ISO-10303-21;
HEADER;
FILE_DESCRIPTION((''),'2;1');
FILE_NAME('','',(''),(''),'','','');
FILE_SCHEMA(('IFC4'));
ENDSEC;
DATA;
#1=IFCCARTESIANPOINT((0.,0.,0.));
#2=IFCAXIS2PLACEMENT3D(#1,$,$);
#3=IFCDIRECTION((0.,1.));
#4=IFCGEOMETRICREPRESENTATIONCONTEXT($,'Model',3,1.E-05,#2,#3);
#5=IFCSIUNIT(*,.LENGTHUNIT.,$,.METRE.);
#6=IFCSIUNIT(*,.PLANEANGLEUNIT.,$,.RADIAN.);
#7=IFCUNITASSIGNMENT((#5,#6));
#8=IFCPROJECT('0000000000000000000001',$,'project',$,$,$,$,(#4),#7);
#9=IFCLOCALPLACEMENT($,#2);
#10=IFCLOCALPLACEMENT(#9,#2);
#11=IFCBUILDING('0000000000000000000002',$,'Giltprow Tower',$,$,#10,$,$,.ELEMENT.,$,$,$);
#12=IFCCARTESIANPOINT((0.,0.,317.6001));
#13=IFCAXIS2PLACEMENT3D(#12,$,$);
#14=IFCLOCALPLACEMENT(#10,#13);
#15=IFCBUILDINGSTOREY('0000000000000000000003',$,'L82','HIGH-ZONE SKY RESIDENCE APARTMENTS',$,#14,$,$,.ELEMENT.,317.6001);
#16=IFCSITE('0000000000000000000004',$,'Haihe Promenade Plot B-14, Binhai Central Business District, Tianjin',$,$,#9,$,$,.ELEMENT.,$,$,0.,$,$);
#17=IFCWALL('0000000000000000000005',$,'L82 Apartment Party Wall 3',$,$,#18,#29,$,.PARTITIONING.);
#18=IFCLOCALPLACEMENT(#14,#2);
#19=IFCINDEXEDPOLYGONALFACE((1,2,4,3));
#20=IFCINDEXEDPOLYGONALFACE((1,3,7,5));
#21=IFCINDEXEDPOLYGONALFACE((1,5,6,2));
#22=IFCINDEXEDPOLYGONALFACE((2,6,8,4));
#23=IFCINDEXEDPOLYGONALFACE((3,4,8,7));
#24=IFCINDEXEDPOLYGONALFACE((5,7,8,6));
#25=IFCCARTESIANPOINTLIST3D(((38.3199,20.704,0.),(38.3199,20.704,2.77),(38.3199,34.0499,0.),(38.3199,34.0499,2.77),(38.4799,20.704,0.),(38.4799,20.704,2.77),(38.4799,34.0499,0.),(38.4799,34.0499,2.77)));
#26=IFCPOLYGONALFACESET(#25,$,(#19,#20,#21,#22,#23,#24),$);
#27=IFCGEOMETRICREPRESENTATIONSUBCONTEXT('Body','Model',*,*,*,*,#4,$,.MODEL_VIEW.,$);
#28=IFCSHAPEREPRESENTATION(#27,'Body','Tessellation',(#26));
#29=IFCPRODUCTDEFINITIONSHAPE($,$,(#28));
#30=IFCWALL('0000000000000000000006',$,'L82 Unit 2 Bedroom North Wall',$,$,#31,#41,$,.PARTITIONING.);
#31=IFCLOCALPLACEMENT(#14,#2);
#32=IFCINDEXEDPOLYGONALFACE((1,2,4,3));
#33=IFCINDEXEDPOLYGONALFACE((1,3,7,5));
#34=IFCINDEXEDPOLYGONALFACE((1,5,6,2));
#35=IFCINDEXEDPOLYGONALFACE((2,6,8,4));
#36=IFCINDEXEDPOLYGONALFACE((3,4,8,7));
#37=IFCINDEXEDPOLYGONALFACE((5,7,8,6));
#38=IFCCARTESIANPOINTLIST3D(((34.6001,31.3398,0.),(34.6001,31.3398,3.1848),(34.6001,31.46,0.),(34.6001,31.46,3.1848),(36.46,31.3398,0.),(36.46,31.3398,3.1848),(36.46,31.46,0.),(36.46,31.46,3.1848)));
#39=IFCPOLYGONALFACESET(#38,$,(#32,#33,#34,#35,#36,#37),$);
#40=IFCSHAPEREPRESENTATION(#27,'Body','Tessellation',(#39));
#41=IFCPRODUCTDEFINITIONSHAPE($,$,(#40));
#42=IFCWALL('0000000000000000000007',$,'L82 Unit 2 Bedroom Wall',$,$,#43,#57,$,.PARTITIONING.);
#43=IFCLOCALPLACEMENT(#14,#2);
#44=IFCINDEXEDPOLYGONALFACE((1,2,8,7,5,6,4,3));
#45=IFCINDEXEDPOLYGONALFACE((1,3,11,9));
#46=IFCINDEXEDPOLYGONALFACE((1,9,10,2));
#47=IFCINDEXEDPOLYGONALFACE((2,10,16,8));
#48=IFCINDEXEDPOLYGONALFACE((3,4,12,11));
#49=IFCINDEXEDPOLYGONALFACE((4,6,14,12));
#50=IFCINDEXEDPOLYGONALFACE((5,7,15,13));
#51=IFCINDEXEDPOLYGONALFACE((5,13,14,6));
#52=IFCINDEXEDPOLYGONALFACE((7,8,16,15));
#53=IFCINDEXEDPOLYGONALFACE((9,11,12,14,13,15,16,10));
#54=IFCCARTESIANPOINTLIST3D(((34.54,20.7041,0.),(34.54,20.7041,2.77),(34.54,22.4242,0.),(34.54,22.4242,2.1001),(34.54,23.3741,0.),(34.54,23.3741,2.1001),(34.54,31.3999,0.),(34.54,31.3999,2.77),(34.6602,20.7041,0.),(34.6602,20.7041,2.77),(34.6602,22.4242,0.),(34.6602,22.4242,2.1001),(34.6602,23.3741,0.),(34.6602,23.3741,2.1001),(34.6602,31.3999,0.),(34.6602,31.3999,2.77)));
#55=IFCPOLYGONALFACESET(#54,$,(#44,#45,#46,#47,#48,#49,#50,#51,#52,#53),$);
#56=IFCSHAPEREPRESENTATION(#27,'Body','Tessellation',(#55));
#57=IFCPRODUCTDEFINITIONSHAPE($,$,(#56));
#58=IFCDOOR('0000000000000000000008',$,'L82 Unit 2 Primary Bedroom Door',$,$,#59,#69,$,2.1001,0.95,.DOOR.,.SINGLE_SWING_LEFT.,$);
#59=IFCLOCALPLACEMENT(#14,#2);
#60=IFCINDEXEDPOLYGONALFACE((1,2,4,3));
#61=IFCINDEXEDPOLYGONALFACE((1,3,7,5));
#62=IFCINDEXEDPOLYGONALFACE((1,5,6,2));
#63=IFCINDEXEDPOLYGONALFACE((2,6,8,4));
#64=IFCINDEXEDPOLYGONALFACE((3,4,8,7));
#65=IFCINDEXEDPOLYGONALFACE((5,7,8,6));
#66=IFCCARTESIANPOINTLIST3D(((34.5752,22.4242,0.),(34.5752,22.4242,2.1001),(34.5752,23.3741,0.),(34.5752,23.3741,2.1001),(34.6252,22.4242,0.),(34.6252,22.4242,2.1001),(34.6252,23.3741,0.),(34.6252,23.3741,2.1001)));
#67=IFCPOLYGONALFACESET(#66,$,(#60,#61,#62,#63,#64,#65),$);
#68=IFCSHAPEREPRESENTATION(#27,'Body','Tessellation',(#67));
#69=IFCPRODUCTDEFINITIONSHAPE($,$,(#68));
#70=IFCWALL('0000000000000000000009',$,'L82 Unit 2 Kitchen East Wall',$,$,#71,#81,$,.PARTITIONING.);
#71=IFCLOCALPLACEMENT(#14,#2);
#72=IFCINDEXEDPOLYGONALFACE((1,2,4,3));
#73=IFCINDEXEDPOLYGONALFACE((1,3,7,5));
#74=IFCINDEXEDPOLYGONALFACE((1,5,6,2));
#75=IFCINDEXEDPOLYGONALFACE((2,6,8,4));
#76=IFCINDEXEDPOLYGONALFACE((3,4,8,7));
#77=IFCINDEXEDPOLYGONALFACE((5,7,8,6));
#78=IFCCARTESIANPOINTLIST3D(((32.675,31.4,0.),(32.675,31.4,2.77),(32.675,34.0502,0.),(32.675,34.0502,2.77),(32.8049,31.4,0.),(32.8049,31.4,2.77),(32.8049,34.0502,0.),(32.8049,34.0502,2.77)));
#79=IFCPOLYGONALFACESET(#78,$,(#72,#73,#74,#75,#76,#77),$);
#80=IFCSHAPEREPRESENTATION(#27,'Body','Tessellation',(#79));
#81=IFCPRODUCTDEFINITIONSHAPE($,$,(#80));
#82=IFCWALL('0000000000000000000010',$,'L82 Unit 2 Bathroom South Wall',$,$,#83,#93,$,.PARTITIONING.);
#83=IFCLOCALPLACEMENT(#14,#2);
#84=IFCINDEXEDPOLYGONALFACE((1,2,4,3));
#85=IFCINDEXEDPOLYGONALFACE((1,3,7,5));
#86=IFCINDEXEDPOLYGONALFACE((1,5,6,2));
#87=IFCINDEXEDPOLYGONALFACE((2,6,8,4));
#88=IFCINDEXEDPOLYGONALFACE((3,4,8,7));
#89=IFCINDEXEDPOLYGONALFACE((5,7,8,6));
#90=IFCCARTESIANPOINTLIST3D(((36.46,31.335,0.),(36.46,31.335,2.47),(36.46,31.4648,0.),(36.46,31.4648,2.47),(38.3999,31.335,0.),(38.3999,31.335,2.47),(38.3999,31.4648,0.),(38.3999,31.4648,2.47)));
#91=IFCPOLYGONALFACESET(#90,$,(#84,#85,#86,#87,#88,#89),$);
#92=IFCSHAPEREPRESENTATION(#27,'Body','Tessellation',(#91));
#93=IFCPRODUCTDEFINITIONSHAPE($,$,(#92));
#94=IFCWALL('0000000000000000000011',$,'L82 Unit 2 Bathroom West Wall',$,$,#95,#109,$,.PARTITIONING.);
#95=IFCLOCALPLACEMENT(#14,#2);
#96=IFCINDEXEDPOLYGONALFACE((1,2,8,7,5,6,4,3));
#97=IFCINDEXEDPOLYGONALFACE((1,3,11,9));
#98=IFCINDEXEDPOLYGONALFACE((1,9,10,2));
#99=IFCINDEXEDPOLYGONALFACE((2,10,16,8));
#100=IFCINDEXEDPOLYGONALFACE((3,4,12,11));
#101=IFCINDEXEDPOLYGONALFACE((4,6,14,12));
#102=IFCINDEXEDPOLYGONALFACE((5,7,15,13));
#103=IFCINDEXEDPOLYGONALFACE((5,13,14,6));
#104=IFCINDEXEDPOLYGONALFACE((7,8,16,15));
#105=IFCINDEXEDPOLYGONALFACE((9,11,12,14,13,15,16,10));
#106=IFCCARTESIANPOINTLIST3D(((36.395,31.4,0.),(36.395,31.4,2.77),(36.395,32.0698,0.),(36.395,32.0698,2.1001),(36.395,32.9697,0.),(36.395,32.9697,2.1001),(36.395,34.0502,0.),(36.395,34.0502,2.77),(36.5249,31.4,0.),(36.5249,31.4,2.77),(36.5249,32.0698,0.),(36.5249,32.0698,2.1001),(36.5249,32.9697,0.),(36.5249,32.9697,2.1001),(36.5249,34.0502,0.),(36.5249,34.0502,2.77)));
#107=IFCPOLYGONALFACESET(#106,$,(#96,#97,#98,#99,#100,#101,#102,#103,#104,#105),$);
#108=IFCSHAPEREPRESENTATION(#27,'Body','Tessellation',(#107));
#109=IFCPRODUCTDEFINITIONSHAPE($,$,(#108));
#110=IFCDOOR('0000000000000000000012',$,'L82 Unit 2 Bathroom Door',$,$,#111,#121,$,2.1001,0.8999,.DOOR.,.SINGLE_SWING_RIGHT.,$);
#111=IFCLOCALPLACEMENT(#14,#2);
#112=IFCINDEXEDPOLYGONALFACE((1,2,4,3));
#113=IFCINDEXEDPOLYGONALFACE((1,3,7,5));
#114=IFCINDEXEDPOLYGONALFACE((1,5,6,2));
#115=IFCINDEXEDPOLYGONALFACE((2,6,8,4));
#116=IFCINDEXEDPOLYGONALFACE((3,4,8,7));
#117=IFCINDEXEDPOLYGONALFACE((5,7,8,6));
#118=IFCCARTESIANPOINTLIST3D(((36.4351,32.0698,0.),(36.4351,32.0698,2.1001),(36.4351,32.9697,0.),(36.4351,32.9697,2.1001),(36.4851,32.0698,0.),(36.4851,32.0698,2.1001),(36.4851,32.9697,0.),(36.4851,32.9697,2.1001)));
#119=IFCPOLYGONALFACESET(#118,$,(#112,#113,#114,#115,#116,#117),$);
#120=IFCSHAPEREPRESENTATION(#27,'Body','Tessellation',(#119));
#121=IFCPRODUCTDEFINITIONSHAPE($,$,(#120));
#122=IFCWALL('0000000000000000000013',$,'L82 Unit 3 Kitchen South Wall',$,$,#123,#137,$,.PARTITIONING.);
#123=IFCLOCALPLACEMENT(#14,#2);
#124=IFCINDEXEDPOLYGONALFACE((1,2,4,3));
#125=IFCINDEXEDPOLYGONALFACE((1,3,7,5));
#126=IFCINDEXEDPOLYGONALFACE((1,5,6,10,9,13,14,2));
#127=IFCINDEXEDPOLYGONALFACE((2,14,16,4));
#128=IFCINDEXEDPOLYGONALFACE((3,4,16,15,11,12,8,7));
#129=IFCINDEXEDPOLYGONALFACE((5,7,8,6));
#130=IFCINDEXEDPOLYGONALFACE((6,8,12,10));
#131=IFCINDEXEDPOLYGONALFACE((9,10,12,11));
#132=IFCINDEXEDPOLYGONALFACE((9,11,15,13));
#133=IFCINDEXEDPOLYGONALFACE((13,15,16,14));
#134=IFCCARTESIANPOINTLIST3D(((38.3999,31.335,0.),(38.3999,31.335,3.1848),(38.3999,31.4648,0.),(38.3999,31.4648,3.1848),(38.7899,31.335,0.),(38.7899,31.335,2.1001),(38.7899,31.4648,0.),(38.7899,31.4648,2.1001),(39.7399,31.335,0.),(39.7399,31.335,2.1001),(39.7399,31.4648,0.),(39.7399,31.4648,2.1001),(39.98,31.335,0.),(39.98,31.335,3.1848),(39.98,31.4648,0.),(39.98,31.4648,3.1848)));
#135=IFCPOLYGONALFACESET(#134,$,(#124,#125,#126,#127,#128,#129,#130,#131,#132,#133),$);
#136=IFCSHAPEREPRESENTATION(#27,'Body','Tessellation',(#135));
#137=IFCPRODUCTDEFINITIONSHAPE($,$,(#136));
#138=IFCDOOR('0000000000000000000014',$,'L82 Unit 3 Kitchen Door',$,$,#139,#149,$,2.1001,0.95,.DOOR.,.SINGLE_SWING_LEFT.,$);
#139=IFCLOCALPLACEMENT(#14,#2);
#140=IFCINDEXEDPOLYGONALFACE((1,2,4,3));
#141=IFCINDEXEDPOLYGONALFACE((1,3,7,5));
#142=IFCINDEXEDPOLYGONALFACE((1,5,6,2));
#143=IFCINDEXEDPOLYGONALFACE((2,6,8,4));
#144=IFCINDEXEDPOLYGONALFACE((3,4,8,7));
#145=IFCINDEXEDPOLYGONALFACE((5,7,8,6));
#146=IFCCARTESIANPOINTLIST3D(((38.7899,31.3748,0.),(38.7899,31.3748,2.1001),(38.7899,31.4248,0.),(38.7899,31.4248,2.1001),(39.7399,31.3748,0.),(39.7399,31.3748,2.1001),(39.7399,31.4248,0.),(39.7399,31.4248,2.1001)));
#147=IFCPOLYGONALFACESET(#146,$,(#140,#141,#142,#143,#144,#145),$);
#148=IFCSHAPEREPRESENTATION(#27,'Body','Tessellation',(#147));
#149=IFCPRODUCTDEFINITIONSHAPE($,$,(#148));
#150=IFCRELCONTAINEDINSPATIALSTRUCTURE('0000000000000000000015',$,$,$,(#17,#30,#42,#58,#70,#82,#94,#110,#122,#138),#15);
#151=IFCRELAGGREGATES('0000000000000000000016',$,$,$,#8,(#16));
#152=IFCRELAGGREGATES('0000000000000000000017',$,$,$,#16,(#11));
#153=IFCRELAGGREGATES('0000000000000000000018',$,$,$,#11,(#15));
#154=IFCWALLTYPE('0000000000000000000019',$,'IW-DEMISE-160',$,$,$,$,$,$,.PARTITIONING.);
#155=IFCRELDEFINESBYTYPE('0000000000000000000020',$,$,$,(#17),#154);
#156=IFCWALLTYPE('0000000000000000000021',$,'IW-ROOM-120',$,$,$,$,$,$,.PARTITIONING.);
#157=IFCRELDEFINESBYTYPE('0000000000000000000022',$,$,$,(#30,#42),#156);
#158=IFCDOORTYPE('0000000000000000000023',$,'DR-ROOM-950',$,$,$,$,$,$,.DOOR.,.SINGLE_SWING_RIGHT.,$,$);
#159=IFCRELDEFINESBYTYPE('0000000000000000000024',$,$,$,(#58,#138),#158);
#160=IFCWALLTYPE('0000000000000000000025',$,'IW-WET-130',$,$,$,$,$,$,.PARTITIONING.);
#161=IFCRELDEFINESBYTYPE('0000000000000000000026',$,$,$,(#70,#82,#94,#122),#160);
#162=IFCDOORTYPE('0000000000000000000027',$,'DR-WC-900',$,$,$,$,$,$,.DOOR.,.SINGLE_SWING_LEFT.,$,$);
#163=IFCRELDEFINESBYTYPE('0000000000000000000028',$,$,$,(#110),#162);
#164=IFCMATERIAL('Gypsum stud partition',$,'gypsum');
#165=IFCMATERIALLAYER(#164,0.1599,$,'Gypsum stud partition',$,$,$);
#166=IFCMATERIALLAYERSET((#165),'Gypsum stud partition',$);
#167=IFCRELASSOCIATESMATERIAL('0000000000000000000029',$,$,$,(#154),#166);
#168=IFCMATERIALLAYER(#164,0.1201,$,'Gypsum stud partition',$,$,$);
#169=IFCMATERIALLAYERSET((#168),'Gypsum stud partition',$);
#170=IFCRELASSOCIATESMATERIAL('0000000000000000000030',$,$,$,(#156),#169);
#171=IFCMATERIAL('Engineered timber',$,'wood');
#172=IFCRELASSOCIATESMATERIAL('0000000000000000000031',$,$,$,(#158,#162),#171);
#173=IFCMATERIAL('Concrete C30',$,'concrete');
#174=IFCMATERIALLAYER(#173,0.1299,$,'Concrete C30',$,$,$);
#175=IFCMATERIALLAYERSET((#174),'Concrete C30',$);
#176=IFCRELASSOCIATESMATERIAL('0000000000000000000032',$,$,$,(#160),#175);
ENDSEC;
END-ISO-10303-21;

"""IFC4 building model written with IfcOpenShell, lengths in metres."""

from ifc_helpers import new_model, si_unit, direction, frame, frame_2d, origin, place, context, subcontext, project, spatial, rectangle, extrude, source, transform, mapped, material, layer, layer_set, type_object, element, fill, save


model = new_model("IFC4")

# Units and contexts
model_context = context("Model", 3, precision=1e-05, world=origin(), true_north=direction((0.0, 1.0)))
body_context = subcontext(model_context, "Body", "Model", "MODEL_VIEW")
ifc_project = project(units=[si_unit("LENGTHUNIT", "METRE"), si_unit("PLANEANGLEUNIT", "RADIAN")], contexts=[model_context])

# Site, building, storey
site_placement = place(None, origin())
site = spatial("IfcSite", under=ifc_project, at=site_placement, Name="Haihe Promenade Plot B-14, Binhai Central Business District, Tianjin", CompositionType="ELEMENT", RefElevation=0.0)
building_placement = place(site_placement, origin())
building = spatial("IfcBuilding", under=site, at=building_placement, Name="Giltprow Tower", CompositionType="ELEMENT")
storey_placement = place(building_placement, frame((0.0, 0.0, 317.6001)))
storey = spatial("IfcBuildingStorey", under=building, at=storey_placement, Name="L82", Description="HIGH-ZONE SKY RESIDENCE APARTMENTS", CompositionType="ELEMENT", Elevation=317.6001)

# Walls
ifc_material_1 = material(Name="Gypsum stud partition", Category="gypsum")
ifc_layer_1 = layer(ifc_material_1, 0.1599, Name="Gypsum stud partition")
ifc_layer_set_1 = layer_set([ifc_layer_1], Name="Gypsum stud partition")
wall_type_1 = type_object("IfcWallType", Name="IW-DEMISE-160", PredefinedType="PARTITIONING", material=ifc_layer_set_1)
wall_1_placement = place(storey_placement, frame((38.3999, 20.7041, 0.0), z_axis=(0.0, 0.0, 1.0), x_axis=(0.0, 1.0, 0.0)))
element("IfcWall", 1, at=wall_1_placement, inside=storey, type_object=wall_type_1, Name="L82 Apartment Party Wall 3", PredefinedType="PARTITIONING", context=body_context, shape_type="SweptSolid", body=[
    extrude(rectangle(XDim=13.3459, YDim=0.1599, at=frame_2d((6.6729, 0.0))), origin(), (0.0, 0.0, 1.0), 2.77),
])
ifc_layer_2 = layer(ifc_material_1, 0.1201, Name="Gypsum stud partition")
ifc_layer_set_2 = layer_set([ifc_layer_2], Name="Gypsum stud partition")
wall_type_2 = type_object("IfcWallType", Name="IW-ROOM-120", PredefinedType="PARTITIONING", material=ifc_layer_set_2)
wall_2_placement = place(storey_placement, frame((34.6001, 31.3999, 0.0), z_axis=(0.0, 0.0, 1.0), x_axis=(1.0, 0.0, 0.0)))
element("IfcWall", 2, at=wall_2_placement, inside=storey, type_object=wall_type_2, Name="L82 Unit 2 Bedroom North Wall", PredefinedType="PARTITIONING", context=body_context, shape_type="SweptSolid", body=[
    extrude(rectangle(XDim=1.8599, YDim=0.1201, at=frame_2d((0.9299, 0.0))), origin(), (0.0, 0.0, 1.0), 3.1848),
])

# Wall, opening, door
wall_3_placement = place(storey_placement, frame((34.6001, 20.7041, 0.0), z_axis=(0.0, 0.0, 1.0), x_axis=(0.0, 1.0, 0.0)))
wall_3 = element("IfcWall", 3, at=wall_3_placement, inside=storey, type_object=wall_type_2, Name="L82 Unit 2 Bedroom Wall", PredefinedType="PARTITIONING", context=body_context, shape_type="SweptSolid", body=[
    extrude(rectangle(XDim=10.6958, YDim=0.1201, at=frame_2d((5.3479, 0.0))), origin(), (0.0, 0.0, 1.0), 2.77),
])
opening_1_placement = place(wall_3_placement, frame((1.72, 0.0, 0.0)))
opening_1 = element("IfcOpeningElement", 4, at=opening_1_placement, cuts=wall_3, PredefinedType="OPENING", context=body_context, shape_type="SweptSolid", body=[
    extrude(rectangle(XDim=0.95, YDim=2.1001, at=frame_2d((0.4751, 1.05))), frame((0.0, 0.0701, 0.0), z_axis=(0.0, -1.0, 0.0), x_axis=(1.0, 0.0, 0.0)), (0.0, 0.0, 1.0), 0.1401),
])
ifc_material_2 = material(Name="Engineered timber", Category="wood")
door_type_1 = type_object("IfcDoorType", Name="DR-ROOM-950", OperationType="SINGLE_SWING_RIGHT", PredefinedType="DOOR", material=ifc_material_2)
shared_shape_1 = source(origin(), body_context, "Body", "SweptSolid", [
    extrude(rectangle(XDim=0.95, YDim=2.1001, at=frame_2d((0.4751, 1.05))), frame((0.0, 0.0249, 0.0), z_axis=(0.0, -1.0, 0.0), x_axis=(1.0, 0.0, 0.0)), (0.0, 0.0, 1.0), 0.05),
])
door_1_placement = place(opening_1_placement, origin())
door_1 = element("IfcDoor", 5, at=door_1_placement, inside=storey, type_object=door_type_1, Name="L82 Unit 2 Primary Bedroom Door", OperationType="SINGLE_SWING_LEFT", OverallHeight=2.1001, OverallWidth=0.95, PredefinedType="DOOR", context=body_context, shape_type="MappedRepresentation", body=[
    mapped(shared_shape_1, transform((0.0, 0.0, 0.0), x_axis=(1.0, 0.0, 0.0), y_axis=(0.0, 1.0, 0.0), z_axis=(0.0, 0.0, 1.0), scale=1.0)),
])
fill(opening_1, door_1)

# Walls
ifc_material_3 = material(Name="Concrete C30", Category="concrete")
ifc_layer_3 = layer(ifc_material_3, 0.1299, Name="Concrete C30")
ifc_layer_set_3 = layer_set([ifc_layer_3], Name="Concrete C30")
wall_type_3 = type_object("IfcWallType", Name="IW-WET-130", PredefinedType="PARTITIONING", material=ifc_layer_set_3)
wall_4_placement = place(storey_placement, frame((32.74, 31.3999, 0.0), z_axis=(0.0, 0.0, 1.0), x_axis=(0.0, 1.0, 0.0)))
element("IfcWall", 6, at=wall_4_placement, inside=storey, type_object=wall_type_3, Name="L82 Unit 2 Kitchen East Wall", PredefinedType="PARTITIONING", context=body_context, shape_type="SweptSolid", body=[
    extrude(rectangle(XDim=2.6501, YDim=0.1299, at=frame_2d((1.3252, 0.0))), origin(), (0.0, 0.0, 1.0), 2.77),
])
wall_5_placement = place(storey_placement, frame((36.46, 31.3999, 0.0), z_axis=(0.0, 0.0, 1.0), x_axis=(1.0, 0.0, 0.0)))
element("IfcWall", 7, at=wall_5_placement, inside=storey, type_object=wall_type_3, Name="L82 Unit 2 Bathroom South Wall", PredefinedType="PARTITIONING", context=body_context, shape_type="SweptSolid", body=[
    extrude(rectangle(XDim=1.9399, YDim=0.1299, at=frame_2d((0.97, 0.0))), origin(), (0.0, 0.0, 1.0), 2.47),
])

# Walls, openings, doors
wall_6_placement = place(storey_placement, frame((36.46, 31.3999, 0.0), z_axis=(0.0, 0.0, 1.0), x_axis=(0.0, 1.0, 0.0)))
wall_6 = element("IfcWall", 8, at=wall_6_placement, inside=storey, type_object=wall_type_3, Name="L82 Unit 2 Bathroom West Wall", PredefinedType="PARTITIONING", context=body_context, shape_type="SweptSolid", body=[
    extrude(rectangle(XDim=2.6501, YDim=0.1299, at=frame_2d((1.3252, 0.0))), origin(), (0.0, 0.0, 1.0), 2.77),
])
opening_2_placement = place(wall_6_placement, frame((0.6699, 0.0, 0.0)))
opening_2 = element("IfcOpeningElement", 9, at=opening_2_placement, cuts=wall_6, PredefinedType="OPENING", context=body_context, shape_type="SweptSolid", body=[
    extrude(rectangle(XDim=0.8999, YDim=2.1001, at=frame_2d((0.45, 1.05))), frame((0.0, 0.075, 0.0), z_axis=(0.0, -1.0, 0.0), x_axis=(1.0, 0.0, 0.0)), (0.0, 0.0, 1.0), 0.1499),
])
door_type_2 = type_object("IfcDoorType", Name="DR-WC-900", OperationType="SINGLE_SWING_LEFT", PredefinedType="DOOR", material=ifc_material_2)
shared_shape_2 = source(origin(), body_context, "Body", "SweptSolid", [
    extrude(rectangle(XDim=0.8999, YDim=2.1001, at=frame_2d((0.45, 1.05))), frame((0.0, 0.0249, 0.0), z_axis=(0.0, -1.0, 0.0), x_axis=(1.0, 0.0, 0.0)), (0.0, 0.0, 1.0), 0.05),
])
door_2_placement = place(opening_2_placement, origin())
door_2 = element("IfcDoor", 10, at=door_2_placement, inside=storey, type_object=door_type_2, Name="L82 Unit 2 Bathroom Door", OperationType="SINGLE_SWING_RIGHT", OverallHeight=2.1001, OverallWidth=0.8999, PredefinedType="DOOR", context=body_context, shape_type="MappedRepresentation", body=[
    mapped(shared_shape_2, transform((0.0, 0.0, 0.0), x_axis=(1.0, 0.0, 0.0), y_axis=(0.0, 1.0, 0.0), z_axis=(0.0, 0.0, 1.0), scale=1.0)),
])
fill(opening_2, door_2)
wall_7_placement = place(storey_placement, frame((38.3999, 31.3999, 0.0), z_axis=(0.0, 0.0, 1.0), x_axis=(1.0, 0.0, 0.0)))
wall_7 = element("IfcWall", 11, at=wall_7_placement, inside=storey, type_object=wall_type_3, Name="L82 Unit 3 Kitchen South Wall", PredefinedType="PARTITIONING", context=body_context, shape_type="SweptSolid", body=[
    extrude(rectangle(XDim=1.5801, YDim=0.1299, at=frame_2d((0.79, 0.0))), origin(), (0.0, 0.0, 1.0), 3.1848),
])
opening_3_placement = place(wall_7_placement, frame((0.3899, 0.0, 0.0)))
opening_3 = element("IfcOpeningElement", 12, at=opening_3_placement, cuts=wall_7, PredefinedType="OPENING", context=body_context, shape_type="SweptSolid", body=[
    extrude(rectangle(XDim=0.95, YDim=2.1001, at=frame_2d((0.4751, 1.05))), frame((0.0, 0.075, 0.0), z_axis=(0.0, -1.0, 0.0), x_axis=(1.0, 0.0, 0.0)), (0.0, 0.0, 1.0), 0.1499),
])
door_3_placement = place(opening_3_placement, origin())
door_3 = element("IfcDoor", 13, at=door_3_placement, inside=storey, type_object=door_type_1, Name="L82 Unit 3 Kitchen Door", OperationType="SINGLE_SWING_LEFT", OverallHeight=2.1001, OverallWidth=0.95, PredefinedType="DOOR", context=body_context, shape_type="MappedRepresentation", body=[
    mapped(shared_shape_1, transform((0.0, 0.0, 0.0), x_axis=(1.0, 0.0, 0.0), y_axis=(0.0, 1.0, 0.0), z_axis=(0.0, 0.0, 1.0), scale=1.0)),
])
fill(opening_3, door_3)

save(model, "model.ifc")
